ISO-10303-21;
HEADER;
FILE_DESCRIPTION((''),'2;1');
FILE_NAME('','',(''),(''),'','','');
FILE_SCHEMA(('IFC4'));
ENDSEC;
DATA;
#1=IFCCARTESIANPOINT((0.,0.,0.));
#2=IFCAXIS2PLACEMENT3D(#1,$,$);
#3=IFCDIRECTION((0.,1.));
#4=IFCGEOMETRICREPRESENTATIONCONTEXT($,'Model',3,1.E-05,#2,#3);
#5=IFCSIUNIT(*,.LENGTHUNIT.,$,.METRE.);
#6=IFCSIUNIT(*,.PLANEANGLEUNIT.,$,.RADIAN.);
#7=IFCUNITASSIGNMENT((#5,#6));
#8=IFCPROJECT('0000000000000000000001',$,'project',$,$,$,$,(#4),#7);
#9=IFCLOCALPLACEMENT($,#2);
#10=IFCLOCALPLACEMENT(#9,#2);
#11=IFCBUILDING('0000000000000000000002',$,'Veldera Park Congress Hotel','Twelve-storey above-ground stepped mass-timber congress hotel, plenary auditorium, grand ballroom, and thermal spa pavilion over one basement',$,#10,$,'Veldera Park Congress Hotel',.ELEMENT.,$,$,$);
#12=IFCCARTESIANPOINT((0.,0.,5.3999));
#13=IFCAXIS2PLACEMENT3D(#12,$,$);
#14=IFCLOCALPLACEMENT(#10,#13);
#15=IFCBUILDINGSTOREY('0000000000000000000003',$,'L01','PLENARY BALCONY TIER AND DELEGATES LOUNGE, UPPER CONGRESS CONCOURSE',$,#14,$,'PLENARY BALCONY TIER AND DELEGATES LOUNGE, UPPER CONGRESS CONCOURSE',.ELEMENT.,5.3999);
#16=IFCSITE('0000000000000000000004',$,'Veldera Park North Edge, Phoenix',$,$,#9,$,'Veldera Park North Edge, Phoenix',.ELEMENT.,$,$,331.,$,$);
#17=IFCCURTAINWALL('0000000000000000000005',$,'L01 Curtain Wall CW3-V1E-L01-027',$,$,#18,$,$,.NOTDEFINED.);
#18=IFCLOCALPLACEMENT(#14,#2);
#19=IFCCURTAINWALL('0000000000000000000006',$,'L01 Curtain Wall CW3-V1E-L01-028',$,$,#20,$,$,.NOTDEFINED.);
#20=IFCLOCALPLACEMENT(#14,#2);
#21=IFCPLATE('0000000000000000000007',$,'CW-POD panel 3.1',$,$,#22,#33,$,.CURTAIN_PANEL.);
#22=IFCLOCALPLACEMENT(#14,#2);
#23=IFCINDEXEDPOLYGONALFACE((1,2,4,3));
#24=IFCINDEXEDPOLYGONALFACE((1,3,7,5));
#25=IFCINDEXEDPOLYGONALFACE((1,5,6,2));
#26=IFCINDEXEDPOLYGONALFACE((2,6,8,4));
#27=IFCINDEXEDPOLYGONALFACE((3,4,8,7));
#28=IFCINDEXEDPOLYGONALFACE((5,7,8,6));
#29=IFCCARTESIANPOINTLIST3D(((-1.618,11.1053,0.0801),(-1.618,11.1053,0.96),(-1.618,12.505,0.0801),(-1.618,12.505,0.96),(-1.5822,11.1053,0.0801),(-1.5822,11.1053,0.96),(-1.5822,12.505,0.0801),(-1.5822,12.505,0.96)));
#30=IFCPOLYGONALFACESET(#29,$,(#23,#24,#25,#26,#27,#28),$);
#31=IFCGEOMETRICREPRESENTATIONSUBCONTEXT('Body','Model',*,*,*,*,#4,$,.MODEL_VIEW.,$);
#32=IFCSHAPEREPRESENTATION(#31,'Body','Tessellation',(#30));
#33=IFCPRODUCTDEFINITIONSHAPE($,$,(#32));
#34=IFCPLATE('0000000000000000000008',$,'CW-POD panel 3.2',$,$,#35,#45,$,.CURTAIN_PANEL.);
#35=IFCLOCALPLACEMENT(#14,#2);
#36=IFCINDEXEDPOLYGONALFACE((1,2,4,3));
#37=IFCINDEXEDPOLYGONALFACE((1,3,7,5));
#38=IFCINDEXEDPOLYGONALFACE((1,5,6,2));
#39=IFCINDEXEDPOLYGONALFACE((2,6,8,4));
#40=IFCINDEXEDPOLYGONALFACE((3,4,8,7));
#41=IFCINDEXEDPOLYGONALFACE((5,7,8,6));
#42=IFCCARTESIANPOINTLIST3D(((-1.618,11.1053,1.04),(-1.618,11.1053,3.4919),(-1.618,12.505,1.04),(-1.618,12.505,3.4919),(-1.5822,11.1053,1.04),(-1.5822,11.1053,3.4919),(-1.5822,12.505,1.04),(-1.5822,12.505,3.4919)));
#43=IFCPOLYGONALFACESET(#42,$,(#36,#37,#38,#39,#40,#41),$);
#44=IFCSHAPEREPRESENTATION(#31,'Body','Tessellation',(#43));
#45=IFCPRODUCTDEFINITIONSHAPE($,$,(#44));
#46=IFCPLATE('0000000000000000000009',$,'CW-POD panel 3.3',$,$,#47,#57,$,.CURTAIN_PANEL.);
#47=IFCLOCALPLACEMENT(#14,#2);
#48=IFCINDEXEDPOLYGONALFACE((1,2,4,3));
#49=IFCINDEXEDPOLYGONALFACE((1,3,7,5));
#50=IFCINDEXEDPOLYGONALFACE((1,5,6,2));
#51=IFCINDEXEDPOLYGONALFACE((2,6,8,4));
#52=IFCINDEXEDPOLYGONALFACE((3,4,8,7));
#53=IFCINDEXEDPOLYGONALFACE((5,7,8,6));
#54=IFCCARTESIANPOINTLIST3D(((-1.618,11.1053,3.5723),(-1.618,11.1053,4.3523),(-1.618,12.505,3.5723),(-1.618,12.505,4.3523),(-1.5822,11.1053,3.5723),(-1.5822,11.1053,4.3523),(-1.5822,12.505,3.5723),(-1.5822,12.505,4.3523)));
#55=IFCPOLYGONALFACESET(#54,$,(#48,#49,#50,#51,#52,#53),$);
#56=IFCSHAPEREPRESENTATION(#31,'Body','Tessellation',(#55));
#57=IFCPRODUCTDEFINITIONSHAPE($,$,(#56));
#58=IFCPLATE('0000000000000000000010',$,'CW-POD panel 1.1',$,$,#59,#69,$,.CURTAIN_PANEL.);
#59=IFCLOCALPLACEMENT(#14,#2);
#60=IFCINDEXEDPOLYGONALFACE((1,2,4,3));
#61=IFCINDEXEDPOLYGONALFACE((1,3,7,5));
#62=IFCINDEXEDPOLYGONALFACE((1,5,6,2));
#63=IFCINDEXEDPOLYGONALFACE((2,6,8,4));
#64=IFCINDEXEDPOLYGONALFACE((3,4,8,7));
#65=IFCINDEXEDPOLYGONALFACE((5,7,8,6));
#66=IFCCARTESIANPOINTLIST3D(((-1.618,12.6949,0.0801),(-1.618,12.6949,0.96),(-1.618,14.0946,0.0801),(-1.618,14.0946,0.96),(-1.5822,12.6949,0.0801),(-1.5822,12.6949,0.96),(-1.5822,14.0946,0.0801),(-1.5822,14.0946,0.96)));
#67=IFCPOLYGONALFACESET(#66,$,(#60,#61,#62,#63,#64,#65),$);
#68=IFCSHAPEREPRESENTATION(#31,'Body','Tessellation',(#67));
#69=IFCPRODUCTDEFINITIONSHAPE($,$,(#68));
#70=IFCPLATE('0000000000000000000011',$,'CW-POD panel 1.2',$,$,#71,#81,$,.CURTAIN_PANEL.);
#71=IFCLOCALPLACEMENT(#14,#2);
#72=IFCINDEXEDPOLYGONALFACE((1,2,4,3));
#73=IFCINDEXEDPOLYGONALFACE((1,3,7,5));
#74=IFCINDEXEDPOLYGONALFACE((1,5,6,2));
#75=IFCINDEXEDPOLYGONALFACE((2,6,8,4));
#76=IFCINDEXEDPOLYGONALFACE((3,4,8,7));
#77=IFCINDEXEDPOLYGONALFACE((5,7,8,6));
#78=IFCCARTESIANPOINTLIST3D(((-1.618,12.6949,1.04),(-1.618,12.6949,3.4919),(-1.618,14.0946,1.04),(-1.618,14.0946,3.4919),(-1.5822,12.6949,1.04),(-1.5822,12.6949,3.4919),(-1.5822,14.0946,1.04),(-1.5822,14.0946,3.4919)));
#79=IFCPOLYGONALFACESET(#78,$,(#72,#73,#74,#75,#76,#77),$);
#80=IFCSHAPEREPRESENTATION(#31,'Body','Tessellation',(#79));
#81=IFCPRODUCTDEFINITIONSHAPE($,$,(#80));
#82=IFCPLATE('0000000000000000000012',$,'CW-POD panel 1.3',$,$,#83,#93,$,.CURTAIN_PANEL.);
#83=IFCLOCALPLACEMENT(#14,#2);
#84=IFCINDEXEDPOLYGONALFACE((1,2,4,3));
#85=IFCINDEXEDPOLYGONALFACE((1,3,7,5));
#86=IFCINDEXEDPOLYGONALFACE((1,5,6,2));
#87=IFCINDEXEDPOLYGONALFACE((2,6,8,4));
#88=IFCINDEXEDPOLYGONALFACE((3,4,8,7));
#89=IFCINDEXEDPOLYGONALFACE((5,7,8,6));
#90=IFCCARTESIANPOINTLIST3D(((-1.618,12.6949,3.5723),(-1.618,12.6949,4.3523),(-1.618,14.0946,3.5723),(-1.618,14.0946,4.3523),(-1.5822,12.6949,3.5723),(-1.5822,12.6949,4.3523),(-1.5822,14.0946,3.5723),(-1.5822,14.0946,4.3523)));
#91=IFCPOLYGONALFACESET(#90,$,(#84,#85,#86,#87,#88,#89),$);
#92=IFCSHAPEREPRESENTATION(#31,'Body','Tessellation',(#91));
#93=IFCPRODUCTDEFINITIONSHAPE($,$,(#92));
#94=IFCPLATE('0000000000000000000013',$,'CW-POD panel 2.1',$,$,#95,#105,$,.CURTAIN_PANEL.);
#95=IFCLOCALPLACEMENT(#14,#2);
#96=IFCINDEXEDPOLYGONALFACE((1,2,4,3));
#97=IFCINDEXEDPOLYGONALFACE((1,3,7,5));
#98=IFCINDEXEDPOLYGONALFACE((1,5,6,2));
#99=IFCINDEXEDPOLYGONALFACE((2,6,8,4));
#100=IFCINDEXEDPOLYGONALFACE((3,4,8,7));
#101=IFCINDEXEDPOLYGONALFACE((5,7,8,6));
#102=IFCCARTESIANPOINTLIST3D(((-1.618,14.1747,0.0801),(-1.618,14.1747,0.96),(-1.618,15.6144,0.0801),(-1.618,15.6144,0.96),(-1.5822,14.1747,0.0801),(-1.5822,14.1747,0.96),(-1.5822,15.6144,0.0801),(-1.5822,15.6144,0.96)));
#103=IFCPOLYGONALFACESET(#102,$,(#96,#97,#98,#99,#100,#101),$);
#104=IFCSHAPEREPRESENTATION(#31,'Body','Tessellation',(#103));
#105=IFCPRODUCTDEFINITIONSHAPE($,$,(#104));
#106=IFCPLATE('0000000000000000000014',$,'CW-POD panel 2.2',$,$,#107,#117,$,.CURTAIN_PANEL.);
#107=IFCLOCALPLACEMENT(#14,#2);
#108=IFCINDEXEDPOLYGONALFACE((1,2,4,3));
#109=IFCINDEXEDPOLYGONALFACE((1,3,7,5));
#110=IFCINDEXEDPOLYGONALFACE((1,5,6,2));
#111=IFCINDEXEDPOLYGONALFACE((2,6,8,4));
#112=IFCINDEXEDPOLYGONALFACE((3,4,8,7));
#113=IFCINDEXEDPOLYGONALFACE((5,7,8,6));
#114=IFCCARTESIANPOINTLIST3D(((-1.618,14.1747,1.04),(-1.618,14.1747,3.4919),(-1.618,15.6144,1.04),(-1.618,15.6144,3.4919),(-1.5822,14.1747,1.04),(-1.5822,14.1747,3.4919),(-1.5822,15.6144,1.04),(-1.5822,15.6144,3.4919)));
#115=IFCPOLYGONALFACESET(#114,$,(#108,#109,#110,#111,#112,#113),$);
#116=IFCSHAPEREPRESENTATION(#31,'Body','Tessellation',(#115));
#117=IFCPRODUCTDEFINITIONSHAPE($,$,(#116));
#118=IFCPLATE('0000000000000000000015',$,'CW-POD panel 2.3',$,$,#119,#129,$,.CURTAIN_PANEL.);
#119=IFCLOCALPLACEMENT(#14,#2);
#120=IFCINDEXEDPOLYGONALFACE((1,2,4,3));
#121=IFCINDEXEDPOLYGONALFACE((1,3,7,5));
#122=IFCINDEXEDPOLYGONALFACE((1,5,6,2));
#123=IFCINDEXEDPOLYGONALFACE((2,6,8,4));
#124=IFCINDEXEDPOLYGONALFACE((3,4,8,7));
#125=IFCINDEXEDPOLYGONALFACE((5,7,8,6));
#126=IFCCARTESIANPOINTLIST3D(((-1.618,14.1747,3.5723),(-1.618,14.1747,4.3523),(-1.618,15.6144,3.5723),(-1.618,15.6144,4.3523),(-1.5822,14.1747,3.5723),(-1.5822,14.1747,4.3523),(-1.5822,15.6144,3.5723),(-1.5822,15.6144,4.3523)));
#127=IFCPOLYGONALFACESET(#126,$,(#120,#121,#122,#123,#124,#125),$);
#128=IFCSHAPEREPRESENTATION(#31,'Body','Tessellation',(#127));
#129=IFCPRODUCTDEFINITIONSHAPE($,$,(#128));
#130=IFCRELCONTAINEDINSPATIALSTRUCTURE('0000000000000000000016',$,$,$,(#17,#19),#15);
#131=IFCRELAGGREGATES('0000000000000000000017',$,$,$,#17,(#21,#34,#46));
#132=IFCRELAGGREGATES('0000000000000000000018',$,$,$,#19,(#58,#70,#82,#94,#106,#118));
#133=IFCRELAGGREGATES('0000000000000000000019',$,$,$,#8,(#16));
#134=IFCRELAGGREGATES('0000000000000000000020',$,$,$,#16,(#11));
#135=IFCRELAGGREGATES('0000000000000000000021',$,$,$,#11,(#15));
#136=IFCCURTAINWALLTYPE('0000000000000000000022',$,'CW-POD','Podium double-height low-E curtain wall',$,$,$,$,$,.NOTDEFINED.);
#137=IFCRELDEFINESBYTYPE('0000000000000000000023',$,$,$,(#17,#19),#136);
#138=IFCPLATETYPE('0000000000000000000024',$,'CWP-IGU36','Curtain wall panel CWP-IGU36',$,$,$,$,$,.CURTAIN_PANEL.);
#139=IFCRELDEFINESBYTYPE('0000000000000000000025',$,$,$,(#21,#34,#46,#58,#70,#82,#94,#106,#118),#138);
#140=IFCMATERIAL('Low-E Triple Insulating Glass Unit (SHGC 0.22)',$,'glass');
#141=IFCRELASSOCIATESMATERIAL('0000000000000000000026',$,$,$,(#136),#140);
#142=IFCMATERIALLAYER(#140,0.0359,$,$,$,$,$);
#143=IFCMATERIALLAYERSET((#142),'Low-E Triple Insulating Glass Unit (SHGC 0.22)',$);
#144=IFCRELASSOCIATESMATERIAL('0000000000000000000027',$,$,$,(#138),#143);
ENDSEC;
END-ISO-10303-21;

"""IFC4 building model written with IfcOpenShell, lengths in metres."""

from ifc_helpers import new_model, si_unit, direction, frame, origin, origin_2d, place, context, subcontext, project, spatial, rectangle, extrude, material, layer, layer_set, type_object, element, aggregate, save


model = new_model("IFC4")

# Units and contexts
model_context = context("Model", 3, precision=1e-05, world=origin(), true_north=direction((0.0, 1.0)))
body_context = subcontext(model_context, "Body", "Model", "MODEL_VIEW")
ifc_project = project(units=[si_unit("LENGTHUNIT", "METRE"), si_unit("PLANEANGLEUNIT", "RADIAN")], contexts=[model_context])

# Site, building, storey
site_placement = place(None, origin())
site = spatial("IfcSite", under=ifc_project, at=site_placement, Name="Veldera Park North Edge, Phoenix", LongName="Veldera Park North Edge, Phoenix", CompositionType="ELEMENT", RefElevation=331.0)
building_placement = place(site_placement, origin())
building = spatial("IfcBuilding", under=site, at=building_placement, Name="Veldera Park Congress Hotel", Description="Twelve-storey above-ground stepped mass-timber congress hotel, plenary auditorium, grand ballroom, and thermal spa pavilion over one basement", LongName="Veldera Park Congress Hotel", CompositionType="ELEMENT")
storey_placement = place(building_placement, frame((0.0, 0.0, 5.3999)))
storey = spatial("IfcBuildingStorey", under=building, at=storey_placement, Name="L01", Description="PLENARY BALCONY TIER AND DELEGATES LOUNGE, UPPER CONGRESS CONCOURSE", LongName="PLENARY BALCONY TIER AND DELEGATES LOUNGE, UPPER CONGRESS CONCOURSE", CompositionType="ELEMENT", Elevation=5.3999)

# Curtain walls
ifc_material_1 = material(Name="Low-E Triple Insulating Glass Unit (SHGC 0.22)", Category="glass")
curtain_wall_type = type_object("IfcCurtainWallType", Name="CW-POD", Description="Podium double-height low-E curtain wall", PredefinedType="NOTDEFINED", material=ifc_material_1)
curtain_wall_1_placement = place(storey_placement, origin())
curtain_wall_1 = element("IfcCurtainWall", 1, at=curtain_wall_1_placement, inside=storey, type_object=curtain_wall_type, Name="L01 Curtain Wall CW3-V1E-L01-027", PredefinedType="NOTDEFINED")
curtain_wall_2_placement = place(storey_placement, origin())
curtain_wall_2 = element("IfcCurtainWall", 2, at=curtain_wall_2_placement, inside=storey, type_object=curtain_wall_type, Name="L01 Curtain Wall CW3-V1E-L01-028", PredefinedType="NOTDEFINED")

# Plates
ifc_layer = layer(ifc_material_1, 0.0359)
ifc_layer_set = layer_set([ifc_layer], Name="Low-E Triple Insulating Glass Unit (SHGC 0.22)")
plate_type = type_object("IfcPlateType", Name="CWP-IGU36", Description="Curtain wall panel CWP-IGU36", PredefinedType="CURTAIN_PANEL", material=ifc_layer_set)
plate_1_placement = place(storey_placement, frame((-1.6001, 11.8052, 0.0801), z_axis=(0.0, 0.0, 1.0), x_axis=(0.0, 1.0, 0.0)))
plate_1 = element("IfcPlate", 3, at=plate_1_placement, type_object=plate_type, Name="CW-POD panel 3.1", PredefinedType="CURTAIN_PANEL", context=body_context, shape_type="SweptSolid", body=[
    extrude(rectangle(XDim=1.3997, YDim=0.0359, at=origin_2d()), origin(), (0.0, 0.0, 1.0), 0.8799),
])
plate_2_placement = place(storey_placement, frame((-1.6001, 11.8052, 1.04), z_axis=(0.0, 0.0, 1.0), x_axis=(0.0, 1.0, 0.0)))
plate_2 = element("IfcPlate", 4, at=plate_2_placement, type_object=plate_type, Name="CW-POD panel 3.2", PredefinedType="CURTAIN_PANEL", context=body_context, shape_type="SweptSolid", body=[
    extrude(rectangle(XDim=1.3997, YDim=0.0359, at=origin_2d()), origin(), (0.0, 0.0, 1.0), 2.4519),
])
plate_3_placement = place(storey_placement, frame((-1.6001, 11.8052, 3.5723), z_axis=(0.0, 0.0, 1.0), x_axis=(0.0, 1.0, 0.0)))
plate_3 = element("IfcPlate", 5, at=plate_3_placement, type_object=plate_type, Name="CW-POD panel 3.3", PredefinedType="CURTAIN_PANEL", context=body_context, shape_type="SweptSolid", body=[
    extrude(rectangle(XDim=1.3997, YDim=0.0359, at=origin_2d()), origin(), (0.0, 0.0, 1.0), 0.78),
])
aggregate(curtain_wall_1, [plate_1, plate_2, plate_3])
plate_4_placement = place(storey_placement, frame((-1.6001, 13.3948, 0.0801), z_axis=(0.0, 0.0, 1.0), x_axis=(0.0, 1.0, 0.0)))
plate_4 = element("IfcPlate", 6, at=plate_4_placement, type_object=plate_type, Name="CW-POD panel 1.1", PredefinedType="CURTAIN_PANEL", context=body_context, shape_type="SweptSolid", body=[
    extrude(rectangle(XDim=1.3997, YDim=0.0359, at=origin_2d()), origin(), (0.0, 0.0, 1.0), 0.8799),
])
plate_5_placement = place(storey_placement, frame((-1.6001, 13.3948, 1.04), z_axis=(0.0, 0.0, 1.0), x_axis=(0.0, 1.0, 0.0)))
plate_5 = element("IfcPlate", 7, at=plate_5_placement, type_object=plate_type, Name="CW-POD panel 1.2", PredefinedType="CURTAIN_PANEL", context=body_context, shape_type="SweptSolid", body=[
    extrude(rectangle(XDim=1.3997, YDim=0.0359, at=origin_2d()), origin(), (0.0, 0.0, 1.0), 2.4519),
])
plate_6_placement = place(storey_placement, frame((-1.6001, 13.3948, 3.5723), z_axis=(0.0, 0.0, 1.0), x_axis=(0.0, 1.0, 0.0)))
plate_6 = element("IfcPlate", 8, at=plate_6_placement, type_object=plate_type, Name="CW-POD panel 1.3", PredefinedType="CURTAIN_PANEL", context=body_context, shape_type="SweptSolid", body=[
    extrude(rectangle(XDim=1.3997, YDim=0.0359, at=origin_2d()), origin(), (0.0, 0.0, 1.0), 0.78),
])
plate_7_placement = place(storey_placement, frame((-1.6001, 14.8945, 0.0801), z_axis=(0.0, 0.0, 1.0), x_axis=(0.0, 1.0, 0.0)))
plate_7 = element("IfcPlate", 9, at=plate_7_placement, type_object=plate_type, Name="CW-POD panel 2.1", PredefinedType="CURTAIN_PANEL", context=body_context, shape_type="SweptSolid", body=[
    extrude(rectangle(XDim=1.4397, YDim=0.0359, at=origin_2d()), origin(), (0.0, 0.0, 1.0), 0.8799),
])
plate_8_placement = place(storey_placement, frame((-1.6001, 14.8945, 1.04), z_axis=(0.0, 0.0, 1.0), x_axis=(0.0, 1.0, 0.0)))
plate_8 = element("IfcPlate", 10, at=plate_8_placement, type_object=plate_type, Name="CW-POD panel 2.2", PredefinedType="CURTAIN_PANEL", context=body_context, shape_type="SweptSolid", body=[
    extrude(rectangle(XDim=1.4397, YDim=0.0359, at=origin_2d()), origin(), (0.0, 0.0, 1.0), 2.4519),
])
plate_9_placement = place(storey_placement, frame((-1.6001, 14.8945, 3.5723), z_axis=(0.0, 0.0, 1.0), x_axis=(0.0, 1.0, 0.0)))
plate_9 = element("IfcPlate", 11, at=plate_9_placement, type_object=plate_type, Name="CW-POD panel 2.3", PredefinedType="CURTAIN_PANEL", context=body_context, shape_type="SweptSolid", body=[
    extrude(rectangle(XDim=1.4397, YDim=0.0359, at=origin_2d()), origin(), (0.0, 0.0, 1.0), 0.78),
])
aggregate(curtain_wall_2, [plate_4, plate_5, plate_6, plate_7, plate_8, plate_9])

save(model, "model.ifc")
